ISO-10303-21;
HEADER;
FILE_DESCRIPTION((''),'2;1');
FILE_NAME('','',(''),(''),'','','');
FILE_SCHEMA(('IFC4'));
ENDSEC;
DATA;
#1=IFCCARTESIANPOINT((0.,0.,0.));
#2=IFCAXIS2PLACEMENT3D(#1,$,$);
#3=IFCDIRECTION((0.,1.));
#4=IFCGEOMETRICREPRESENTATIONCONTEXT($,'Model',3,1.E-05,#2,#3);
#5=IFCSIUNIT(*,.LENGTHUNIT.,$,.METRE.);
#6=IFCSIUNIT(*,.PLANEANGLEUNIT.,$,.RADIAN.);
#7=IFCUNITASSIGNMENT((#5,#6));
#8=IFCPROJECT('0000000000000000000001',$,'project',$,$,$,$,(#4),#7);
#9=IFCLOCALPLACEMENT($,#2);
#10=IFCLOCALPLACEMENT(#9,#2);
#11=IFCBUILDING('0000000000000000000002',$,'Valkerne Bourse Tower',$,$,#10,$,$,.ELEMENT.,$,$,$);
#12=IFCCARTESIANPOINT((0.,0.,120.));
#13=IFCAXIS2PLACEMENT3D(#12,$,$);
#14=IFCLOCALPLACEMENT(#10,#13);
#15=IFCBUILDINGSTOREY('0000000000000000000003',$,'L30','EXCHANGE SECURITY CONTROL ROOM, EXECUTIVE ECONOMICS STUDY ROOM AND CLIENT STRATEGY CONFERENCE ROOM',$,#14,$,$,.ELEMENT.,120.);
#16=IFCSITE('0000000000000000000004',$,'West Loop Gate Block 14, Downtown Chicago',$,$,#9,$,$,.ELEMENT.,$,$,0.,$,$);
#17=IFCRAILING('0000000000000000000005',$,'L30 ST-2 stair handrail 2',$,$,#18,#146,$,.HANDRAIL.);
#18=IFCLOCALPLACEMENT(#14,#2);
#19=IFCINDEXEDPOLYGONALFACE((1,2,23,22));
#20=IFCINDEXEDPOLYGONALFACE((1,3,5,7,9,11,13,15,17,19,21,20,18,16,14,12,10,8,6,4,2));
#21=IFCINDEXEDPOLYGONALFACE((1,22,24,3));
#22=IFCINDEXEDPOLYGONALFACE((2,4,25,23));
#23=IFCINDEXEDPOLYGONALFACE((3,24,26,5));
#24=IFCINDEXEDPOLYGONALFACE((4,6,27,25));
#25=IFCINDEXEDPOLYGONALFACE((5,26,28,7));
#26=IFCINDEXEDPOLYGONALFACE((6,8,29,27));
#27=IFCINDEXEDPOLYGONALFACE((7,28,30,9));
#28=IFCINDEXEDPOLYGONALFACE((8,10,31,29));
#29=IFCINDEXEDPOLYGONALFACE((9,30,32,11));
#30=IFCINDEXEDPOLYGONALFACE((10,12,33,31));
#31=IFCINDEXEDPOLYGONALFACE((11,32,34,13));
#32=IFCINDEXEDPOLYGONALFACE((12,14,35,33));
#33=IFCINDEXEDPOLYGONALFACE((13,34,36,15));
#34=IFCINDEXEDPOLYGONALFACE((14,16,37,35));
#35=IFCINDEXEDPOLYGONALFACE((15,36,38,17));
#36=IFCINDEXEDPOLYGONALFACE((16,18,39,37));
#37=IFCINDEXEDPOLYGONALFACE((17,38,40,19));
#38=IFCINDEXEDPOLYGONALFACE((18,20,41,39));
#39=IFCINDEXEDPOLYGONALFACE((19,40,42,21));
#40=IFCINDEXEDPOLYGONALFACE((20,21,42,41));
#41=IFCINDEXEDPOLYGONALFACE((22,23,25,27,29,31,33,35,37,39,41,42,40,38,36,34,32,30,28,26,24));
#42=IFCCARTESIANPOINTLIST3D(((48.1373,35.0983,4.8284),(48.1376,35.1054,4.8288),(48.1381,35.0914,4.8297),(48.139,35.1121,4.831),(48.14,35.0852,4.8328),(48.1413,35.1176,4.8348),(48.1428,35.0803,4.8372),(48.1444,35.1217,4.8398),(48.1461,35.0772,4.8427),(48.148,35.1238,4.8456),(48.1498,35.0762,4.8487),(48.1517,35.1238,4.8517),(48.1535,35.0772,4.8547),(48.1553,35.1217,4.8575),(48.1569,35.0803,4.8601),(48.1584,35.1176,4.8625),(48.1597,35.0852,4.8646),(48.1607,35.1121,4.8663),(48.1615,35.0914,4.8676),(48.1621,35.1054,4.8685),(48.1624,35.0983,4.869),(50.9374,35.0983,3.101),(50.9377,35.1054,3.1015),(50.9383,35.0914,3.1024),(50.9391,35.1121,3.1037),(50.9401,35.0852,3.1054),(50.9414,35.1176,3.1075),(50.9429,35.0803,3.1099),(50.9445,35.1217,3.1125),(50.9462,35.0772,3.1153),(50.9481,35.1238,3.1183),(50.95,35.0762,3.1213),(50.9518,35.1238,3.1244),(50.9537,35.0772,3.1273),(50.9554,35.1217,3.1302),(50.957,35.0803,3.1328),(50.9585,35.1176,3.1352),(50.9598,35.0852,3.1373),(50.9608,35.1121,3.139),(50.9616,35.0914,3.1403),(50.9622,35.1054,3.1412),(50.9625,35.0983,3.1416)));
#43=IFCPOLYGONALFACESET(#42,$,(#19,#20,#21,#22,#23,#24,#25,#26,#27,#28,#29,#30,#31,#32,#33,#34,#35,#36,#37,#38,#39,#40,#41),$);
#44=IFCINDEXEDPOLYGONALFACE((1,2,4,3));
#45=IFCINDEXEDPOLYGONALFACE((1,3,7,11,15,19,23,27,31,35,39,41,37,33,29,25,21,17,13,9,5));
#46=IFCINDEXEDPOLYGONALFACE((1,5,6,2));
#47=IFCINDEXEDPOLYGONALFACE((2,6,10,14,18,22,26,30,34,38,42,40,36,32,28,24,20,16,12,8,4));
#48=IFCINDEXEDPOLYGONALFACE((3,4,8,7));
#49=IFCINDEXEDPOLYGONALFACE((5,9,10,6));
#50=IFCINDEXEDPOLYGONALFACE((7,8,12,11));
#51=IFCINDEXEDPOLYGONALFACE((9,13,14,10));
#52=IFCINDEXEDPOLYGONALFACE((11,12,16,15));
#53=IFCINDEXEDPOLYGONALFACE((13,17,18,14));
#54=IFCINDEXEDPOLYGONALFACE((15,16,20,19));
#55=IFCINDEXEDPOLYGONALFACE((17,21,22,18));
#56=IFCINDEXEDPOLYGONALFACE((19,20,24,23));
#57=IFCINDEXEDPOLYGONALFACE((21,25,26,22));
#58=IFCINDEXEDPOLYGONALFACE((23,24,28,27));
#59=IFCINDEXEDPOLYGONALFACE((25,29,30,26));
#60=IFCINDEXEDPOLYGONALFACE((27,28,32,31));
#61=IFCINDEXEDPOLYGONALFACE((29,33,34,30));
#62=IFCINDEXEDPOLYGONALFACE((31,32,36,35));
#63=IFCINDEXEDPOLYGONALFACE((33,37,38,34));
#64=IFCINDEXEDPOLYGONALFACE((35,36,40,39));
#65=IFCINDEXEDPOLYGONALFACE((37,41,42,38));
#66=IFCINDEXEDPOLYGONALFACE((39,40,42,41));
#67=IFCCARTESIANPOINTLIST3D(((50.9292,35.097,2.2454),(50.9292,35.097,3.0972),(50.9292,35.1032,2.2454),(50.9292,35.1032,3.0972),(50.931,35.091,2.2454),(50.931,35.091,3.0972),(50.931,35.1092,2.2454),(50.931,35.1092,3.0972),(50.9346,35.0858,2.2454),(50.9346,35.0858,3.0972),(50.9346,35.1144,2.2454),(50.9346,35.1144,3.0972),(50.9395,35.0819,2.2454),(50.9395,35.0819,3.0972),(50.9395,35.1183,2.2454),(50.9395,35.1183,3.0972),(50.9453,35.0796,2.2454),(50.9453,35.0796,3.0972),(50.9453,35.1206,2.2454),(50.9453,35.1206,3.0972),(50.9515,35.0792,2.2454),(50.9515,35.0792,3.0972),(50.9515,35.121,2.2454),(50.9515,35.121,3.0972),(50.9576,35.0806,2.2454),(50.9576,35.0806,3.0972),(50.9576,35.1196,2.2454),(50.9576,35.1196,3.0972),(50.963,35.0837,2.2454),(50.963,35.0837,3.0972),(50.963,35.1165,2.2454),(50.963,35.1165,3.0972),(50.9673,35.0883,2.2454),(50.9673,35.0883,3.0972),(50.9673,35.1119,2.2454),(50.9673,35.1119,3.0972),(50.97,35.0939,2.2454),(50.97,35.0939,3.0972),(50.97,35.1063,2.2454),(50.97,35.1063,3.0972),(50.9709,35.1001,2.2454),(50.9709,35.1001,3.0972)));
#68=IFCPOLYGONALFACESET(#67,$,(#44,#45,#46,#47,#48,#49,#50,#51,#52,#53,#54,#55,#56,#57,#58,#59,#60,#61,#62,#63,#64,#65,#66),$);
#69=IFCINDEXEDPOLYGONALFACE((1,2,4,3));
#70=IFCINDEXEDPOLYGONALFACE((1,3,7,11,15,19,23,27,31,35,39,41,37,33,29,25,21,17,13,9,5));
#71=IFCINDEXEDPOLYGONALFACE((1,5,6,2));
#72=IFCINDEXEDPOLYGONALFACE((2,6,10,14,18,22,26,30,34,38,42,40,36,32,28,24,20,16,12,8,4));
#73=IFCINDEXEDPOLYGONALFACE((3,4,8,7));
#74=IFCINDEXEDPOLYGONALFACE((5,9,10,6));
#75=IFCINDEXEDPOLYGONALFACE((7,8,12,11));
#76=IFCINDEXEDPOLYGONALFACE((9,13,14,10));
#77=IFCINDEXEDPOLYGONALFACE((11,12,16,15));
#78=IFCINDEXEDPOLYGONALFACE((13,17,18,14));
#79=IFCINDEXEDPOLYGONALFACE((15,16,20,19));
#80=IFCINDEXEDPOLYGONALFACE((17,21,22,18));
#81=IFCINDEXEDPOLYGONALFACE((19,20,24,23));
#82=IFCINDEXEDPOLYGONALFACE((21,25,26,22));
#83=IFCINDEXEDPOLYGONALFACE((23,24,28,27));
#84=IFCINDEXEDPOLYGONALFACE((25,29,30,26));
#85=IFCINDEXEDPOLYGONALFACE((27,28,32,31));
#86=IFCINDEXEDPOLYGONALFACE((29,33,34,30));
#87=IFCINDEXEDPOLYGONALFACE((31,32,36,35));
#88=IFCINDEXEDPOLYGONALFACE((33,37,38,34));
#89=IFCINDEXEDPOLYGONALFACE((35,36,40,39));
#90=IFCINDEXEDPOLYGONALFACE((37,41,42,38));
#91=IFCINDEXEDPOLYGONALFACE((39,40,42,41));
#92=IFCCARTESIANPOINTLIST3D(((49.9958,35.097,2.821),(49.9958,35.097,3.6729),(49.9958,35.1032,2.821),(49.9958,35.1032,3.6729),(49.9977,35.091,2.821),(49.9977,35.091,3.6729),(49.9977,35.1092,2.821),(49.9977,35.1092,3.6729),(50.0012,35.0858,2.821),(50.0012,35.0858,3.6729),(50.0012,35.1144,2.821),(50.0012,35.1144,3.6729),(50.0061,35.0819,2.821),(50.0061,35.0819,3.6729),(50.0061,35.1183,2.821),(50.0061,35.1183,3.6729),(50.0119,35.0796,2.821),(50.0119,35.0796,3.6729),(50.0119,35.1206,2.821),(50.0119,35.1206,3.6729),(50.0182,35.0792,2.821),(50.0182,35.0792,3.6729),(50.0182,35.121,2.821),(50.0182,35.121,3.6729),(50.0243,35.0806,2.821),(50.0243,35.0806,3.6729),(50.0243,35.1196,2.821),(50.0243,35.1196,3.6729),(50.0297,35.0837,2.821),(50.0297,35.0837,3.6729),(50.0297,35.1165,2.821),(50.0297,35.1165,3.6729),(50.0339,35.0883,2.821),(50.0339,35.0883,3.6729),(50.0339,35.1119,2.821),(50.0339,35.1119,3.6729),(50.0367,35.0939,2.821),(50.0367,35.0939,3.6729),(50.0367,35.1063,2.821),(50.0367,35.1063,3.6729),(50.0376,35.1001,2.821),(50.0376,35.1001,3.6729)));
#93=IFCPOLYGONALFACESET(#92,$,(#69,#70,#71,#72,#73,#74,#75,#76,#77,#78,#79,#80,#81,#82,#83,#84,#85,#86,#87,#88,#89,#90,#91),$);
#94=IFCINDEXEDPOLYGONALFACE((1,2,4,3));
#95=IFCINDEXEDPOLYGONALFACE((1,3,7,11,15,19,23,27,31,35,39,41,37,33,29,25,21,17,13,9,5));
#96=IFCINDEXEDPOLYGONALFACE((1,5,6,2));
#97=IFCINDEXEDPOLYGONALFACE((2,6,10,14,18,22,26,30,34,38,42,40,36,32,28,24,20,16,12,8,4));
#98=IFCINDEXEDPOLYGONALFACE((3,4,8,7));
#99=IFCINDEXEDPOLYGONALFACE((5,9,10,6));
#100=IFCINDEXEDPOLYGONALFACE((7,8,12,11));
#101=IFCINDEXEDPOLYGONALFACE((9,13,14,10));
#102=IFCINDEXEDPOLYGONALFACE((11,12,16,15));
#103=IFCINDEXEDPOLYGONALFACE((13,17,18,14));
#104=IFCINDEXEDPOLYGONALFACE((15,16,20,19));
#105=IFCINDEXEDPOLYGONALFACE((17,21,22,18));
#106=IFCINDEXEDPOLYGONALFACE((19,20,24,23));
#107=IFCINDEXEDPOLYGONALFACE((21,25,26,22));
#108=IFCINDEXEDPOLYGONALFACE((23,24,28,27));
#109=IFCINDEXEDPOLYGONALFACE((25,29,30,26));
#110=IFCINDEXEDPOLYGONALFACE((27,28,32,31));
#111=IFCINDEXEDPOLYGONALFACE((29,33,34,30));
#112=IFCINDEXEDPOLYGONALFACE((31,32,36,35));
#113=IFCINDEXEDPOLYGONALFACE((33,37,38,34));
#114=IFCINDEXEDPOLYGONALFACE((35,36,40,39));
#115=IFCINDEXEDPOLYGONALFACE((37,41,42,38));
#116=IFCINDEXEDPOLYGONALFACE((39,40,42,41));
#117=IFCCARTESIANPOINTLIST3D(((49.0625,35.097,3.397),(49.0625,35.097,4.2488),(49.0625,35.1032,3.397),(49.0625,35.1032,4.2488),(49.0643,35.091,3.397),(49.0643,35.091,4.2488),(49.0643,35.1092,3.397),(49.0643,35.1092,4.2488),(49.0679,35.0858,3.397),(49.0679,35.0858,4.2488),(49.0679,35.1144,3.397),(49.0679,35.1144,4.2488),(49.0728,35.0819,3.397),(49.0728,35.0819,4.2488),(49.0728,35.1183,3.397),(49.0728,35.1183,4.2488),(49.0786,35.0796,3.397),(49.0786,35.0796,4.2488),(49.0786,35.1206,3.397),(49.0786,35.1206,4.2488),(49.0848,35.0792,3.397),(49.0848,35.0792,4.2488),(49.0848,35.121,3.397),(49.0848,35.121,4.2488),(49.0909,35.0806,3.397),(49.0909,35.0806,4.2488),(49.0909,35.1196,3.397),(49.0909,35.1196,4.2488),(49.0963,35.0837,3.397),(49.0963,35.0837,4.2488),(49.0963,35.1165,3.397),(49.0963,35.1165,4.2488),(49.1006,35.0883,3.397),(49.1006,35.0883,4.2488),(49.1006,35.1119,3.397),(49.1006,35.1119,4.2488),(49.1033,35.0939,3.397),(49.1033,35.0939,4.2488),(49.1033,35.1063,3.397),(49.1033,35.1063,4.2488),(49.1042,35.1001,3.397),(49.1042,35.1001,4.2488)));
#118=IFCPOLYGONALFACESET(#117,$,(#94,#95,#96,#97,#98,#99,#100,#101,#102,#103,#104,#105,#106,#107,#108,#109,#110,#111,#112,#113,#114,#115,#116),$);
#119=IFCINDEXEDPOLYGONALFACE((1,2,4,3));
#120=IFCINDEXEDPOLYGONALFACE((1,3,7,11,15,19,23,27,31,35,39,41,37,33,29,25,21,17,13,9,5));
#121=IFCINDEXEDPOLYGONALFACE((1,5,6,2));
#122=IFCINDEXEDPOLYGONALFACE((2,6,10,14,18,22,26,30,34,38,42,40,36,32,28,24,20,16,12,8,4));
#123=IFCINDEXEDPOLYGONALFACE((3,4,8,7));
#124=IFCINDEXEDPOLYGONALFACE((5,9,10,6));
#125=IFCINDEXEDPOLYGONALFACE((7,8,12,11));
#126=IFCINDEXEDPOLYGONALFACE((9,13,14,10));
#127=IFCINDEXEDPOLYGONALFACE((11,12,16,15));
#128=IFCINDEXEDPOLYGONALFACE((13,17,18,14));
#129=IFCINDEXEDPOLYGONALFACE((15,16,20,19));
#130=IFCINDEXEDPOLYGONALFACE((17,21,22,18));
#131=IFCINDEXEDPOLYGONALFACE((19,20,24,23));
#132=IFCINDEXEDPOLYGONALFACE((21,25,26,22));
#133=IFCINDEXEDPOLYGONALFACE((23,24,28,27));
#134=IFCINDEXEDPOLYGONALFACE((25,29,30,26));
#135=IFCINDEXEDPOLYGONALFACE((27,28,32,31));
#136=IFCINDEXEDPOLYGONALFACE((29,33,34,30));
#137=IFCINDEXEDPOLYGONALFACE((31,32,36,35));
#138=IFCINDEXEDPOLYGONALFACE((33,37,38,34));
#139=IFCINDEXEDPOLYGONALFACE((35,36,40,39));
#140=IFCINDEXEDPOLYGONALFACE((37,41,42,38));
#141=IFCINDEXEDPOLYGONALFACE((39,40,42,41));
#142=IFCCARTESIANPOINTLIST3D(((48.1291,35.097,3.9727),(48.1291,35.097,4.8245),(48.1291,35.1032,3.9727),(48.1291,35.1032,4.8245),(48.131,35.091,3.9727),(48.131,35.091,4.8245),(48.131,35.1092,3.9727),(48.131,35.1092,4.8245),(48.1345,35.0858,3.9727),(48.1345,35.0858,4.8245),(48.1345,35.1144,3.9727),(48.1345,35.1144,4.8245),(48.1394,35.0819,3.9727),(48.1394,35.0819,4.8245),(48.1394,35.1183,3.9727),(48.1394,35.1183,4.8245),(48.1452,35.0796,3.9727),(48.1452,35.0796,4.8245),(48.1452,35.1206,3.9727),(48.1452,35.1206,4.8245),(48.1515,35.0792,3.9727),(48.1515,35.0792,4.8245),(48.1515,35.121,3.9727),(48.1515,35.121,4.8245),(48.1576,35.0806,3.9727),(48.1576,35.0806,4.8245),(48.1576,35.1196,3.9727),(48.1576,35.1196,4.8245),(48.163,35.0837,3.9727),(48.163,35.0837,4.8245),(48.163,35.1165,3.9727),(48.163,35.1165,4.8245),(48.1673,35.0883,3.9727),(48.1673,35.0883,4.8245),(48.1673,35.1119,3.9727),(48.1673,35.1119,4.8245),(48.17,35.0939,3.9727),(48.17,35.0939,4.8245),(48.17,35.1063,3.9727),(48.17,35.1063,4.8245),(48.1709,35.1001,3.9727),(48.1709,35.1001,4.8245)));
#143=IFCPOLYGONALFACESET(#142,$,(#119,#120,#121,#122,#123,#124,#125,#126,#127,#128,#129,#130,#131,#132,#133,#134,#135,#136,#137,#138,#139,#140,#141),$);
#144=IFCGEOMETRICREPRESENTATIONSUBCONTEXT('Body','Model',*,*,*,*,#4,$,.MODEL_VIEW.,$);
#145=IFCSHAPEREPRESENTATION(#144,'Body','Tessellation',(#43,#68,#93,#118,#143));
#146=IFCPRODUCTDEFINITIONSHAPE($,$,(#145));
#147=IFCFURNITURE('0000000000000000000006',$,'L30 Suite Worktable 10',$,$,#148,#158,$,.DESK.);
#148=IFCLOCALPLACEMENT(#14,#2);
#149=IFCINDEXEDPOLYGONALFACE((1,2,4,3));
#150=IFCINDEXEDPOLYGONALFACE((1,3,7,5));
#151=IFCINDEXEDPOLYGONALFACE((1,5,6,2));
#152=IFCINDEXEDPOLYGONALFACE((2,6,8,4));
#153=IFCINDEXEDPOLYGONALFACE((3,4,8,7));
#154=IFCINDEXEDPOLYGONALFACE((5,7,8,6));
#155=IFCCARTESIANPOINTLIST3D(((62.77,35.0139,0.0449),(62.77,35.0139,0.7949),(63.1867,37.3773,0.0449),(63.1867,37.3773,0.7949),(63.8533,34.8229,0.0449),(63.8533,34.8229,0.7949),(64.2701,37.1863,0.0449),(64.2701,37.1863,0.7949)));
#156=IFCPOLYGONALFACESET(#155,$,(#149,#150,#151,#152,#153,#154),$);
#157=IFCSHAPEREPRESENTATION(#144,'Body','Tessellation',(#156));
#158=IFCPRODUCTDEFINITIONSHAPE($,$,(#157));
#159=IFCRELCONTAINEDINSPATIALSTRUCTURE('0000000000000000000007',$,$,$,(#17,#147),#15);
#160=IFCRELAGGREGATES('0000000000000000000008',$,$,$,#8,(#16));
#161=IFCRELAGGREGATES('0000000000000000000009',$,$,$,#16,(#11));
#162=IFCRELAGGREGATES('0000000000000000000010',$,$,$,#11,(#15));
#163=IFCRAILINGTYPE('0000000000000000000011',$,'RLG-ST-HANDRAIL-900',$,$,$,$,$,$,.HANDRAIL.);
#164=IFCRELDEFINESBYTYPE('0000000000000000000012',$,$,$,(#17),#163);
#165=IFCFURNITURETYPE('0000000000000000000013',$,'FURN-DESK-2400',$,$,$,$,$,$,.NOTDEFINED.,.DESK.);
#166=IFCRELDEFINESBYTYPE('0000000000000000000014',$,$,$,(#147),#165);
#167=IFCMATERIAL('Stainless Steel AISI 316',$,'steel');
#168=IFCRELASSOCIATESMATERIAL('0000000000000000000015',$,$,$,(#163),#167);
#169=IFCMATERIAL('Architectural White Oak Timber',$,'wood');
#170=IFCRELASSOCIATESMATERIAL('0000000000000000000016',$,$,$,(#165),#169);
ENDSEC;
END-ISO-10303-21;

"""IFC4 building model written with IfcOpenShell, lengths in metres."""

from ifc_helpers import new_model, si_unit, direction, frame, origin, origin_2d, place, context, subcontext, project, spatial, rectangle, circle, extrude, material, type_object, element, save


model = new_model("IFC4")

# Units and contexts
model_context = context("Model", 3, precision=1e-05, world=origin(), true_north=direction((0.0, 1.0)))
body_context = subcontext(model_context, "Body", "Model", "MODEL_VIEW")
ifc_project = project(units=[si_unit("LENGTHUNIT", "METRE"), si_unit("PLANEANGLEUNIT", "RADIAN")], contexts=[model_context])

# Site, building, storey
site_placement = place(None, origin())
site = spatial("IfcSite", under=ifc_project, at=site_placement, Name="West Loop Gate Block 14, Downtown Chicago", CompositionType="ELEMENT", RefElevation=0.0)
building_placement = place(site_placement, origin())
building = spatial("IfcBuilding", under=site, at=building_placement, Name="Valkerne Bourse Tower", CompositionType="ELEMENT")
storey_placement = place(building_placement, frame((0.0, 0.0, 120.0)))
storey = spatial("IfcBuildingStorey", under=building, at=storey_placement, Name="L30", Description="EXCHANGE SECURITY CONTROL ROOM, EXECUTIVE ECONOMICS STUDY ROOM AND CLIENT STRATEGY CONFERENCE ROOM", CompositionType="ELEMENT", Elevation=120.0)

# Shared definitions
ifc_material_1 = material(Name="Architectural White Oak Timber", Category="wood")

# Shared definitions
ifc_material_2 = material(Name="Stainless Steel AISI 316", Category="steel")

# Railing
railing_type_1 = type_object("IfcRailingType", Name="RLG-ST-HANDRAIL-900", PredefinedType="HANDRAIL", material=ifc_material_2)
railing_1_placement = place(storey_placement, frame((50.95, 35.1001, 2.2454)))
element("IfcRailing", 1, at=railing_1_placement, inside=storey, type_object=railing_type_1, Name="L30 ST-2 stair handrail 2", PredefinedType="HANDRAIL", context=body_context, shape_type="SweptSolid", body=[
    extrude(circle(Radius=0.0239, at=origin_2d()), frame((0.0, 0.0, 0.876), z_axis=(-0.85109, 0.0, 0.52502), x_axis=(0.0, -1.0, 0.0)), (0.0, 0.0, 1.0), 3.29),
    extrude(circle(Radius=0.021, at=origin_2d()), origin(), (0.0, 0.0, 1.0), 0.8518),
    extrude(circle(Radius=0.021, at=origin_2d()), frame((-0.9333, 0.0, 0.5757)), (0.0, 0.0, 1.0), 0.8518),
    extrude(circle(Radius=0.021, at=origin_2d()), frame((-1.8667, 0.0, 1.1516)), (0.0, 0.0, 1.0), 0.8518),
    extrude(circle(Radius=0.021, at=origin_2d()), frame((-2.8, 0.0, 1.7273)), (0.0, 0.0, 1.0), 0.8518),
])

# Furniture
furniture_type = type_object("IfcFurnitureType", Name="FURN-DESK-2400", AssemblyPlace="NOTDEFINED", PredefinedType="DESK", material=ifc_material_1)
furniture_placement = place(storey_placement, frame((63.52, 36.1001, 0.0449), z_axis=(0.0, 0.0, 1.0), x_axis=(0.173648, 0.984808, 0.0)))
element("IfcFurniture", 2, at=furniture_placement, inside=storey, type_object=furniture_type, Name="L30 Suite Worktable 10", PredefinedType="DESK", context=body_context, shape_type="SweptSolid", body=[
    extrude(rectangle(XDim=2.3999, YDim=1.1001, at=origin_2d()), origin(), (0.0, 0.0, 1.0), 0.75),
])

save(model, "model.ifc")
